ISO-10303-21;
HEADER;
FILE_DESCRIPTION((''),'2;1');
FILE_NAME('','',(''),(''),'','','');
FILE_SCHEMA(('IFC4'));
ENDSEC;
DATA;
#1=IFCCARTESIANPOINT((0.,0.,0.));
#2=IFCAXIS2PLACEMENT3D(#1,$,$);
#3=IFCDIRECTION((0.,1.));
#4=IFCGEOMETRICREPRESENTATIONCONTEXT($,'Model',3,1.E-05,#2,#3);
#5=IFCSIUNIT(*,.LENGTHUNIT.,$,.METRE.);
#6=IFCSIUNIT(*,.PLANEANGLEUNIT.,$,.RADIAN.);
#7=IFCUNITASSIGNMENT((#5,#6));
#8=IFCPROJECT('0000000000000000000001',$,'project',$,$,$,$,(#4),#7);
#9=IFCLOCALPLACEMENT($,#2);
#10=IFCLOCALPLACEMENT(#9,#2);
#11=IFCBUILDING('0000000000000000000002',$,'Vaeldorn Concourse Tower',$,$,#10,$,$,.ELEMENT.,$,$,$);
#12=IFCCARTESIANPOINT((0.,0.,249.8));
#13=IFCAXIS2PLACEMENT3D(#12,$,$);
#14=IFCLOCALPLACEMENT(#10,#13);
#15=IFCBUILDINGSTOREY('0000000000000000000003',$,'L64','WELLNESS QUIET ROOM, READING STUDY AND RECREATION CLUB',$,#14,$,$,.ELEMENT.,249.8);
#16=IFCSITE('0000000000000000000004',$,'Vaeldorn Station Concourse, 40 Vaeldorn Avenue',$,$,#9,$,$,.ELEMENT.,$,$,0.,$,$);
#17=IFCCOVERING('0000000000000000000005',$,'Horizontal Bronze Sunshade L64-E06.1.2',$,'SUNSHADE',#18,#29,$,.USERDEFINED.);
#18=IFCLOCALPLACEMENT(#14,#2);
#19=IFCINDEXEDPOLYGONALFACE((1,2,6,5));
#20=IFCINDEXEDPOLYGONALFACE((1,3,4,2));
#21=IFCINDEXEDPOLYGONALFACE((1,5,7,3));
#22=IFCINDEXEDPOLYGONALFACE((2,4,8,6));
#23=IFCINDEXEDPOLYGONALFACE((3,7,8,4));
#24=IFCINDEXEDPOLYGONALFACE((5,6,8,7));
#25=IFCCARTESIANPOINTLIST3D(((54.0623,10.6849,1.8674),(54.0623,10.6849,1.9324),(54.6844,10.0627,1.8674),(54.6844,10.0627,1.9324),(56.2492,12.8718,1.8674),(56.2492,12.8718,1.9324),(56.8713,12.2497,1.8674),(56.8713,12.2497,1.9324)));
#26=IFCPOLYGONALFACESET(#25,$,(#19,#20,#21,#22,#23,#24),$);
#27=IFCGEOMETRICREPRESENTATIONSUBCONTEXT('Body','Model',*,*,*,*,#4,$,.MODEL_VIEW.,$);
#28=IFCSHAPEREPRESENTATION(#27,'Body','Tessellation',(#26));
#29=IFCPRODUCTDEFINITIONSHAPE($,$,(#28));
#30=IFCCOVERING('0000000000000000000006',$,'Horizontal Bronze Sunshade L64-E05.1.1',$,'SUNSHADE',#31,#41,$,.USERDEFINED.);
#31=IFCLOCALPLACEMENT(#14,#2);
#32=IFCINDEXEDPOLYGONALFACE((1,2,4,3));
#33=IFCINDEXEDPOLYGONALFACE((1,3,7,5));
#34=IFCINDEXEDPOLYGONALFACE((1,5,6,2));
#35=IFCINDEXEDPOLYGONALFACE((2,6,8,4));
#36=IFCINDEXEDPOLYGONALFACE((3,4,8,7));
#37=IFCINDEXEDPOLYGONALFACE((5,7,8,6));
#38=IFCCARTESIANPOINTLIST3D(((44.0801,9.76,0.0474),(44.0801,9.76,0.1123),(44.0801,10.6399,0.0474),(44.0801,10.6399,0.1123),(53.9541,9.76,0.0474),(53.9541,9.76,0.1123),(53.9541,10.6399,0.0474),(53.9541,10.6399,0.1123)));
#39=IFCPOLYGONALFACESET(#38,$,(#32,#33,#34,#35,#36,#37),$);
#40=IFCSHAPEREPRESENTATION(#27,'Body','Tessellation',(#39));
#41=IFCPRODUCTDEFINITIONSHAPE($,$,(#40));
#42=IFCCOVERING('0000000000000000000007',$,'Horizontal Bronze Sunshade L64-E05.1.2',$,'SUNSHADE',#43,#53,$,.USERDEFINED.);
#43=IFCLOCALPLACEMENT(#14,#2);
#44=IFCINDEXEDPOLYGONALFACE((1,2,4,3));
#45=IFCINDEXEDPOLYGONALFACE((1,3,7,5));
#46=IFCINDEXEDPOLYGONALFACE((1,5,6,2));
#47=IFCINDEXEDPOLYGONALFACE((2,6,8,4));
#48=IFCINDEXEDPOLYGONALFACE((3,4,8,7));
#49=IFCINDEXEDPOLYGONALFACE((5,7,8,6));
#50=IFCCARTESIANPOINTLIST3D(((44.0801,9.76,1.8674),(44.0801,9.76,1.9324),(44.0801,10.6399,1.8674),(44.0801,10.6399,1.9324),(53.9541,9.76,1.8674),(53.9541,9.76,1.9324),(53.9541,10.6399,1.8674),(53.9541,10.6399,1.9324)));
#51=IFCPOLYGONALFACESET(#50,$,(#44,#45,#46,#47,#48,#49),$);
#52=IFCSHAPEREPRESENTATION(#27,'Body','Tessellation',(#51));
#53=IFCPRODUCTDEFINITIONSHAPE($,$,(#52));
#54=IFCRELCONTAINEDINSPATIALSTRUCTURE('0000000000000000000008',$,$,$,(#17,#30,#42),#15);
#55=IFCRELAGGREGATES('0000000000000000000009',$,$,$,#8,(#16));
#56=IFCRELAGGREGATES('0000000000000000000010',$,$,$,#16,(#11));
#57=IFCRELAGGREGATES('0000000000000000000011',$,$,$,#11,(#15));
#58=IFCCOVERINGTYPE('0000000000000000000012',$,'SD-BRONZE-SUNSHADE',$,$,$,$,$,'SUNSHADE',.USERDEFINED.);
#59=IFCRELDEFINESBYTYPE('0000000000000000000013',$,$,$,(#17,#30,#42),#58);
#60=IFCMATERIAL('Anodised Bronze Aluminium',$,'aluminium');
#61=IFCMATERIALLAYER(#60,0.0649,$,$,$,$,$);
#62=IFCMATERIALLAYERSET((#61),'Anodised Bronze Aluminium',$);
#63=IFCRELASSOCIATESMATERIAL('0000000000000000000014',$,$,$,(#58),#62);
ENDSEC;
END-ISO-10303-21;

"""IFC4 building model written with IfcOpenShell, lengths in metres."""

from ifc_helpers import new_model, si_unit, direction, frame, origin, origin_2d, place, context, subcontext, project, spatial, rectangle, extrude, source, transform, mapped, material, layer, layer_set, type_object, element, save


model = new_model("IFC4")

# Units and contexts
model_context = context("Model", 3, precision=1e-05, world=origin(), true_north=direction((0.0, 1.0)))
body_context = subcontext(model_context, "Body", "Model", "MODEL_VIEW")
ifc_project = project(units=[si_unit("LENGTHUNIT", "METRE"), si_unit("PLANEANGLEUNIT", "RADIAN")], contexts=[model_context])

# Site, building, storey
site_placement = place(None, origin())
site = spatial("IfcSite", under=ifc_project, at=site_placement, Name="Vaeldorn Station Concourse, 40 Vaeldorn Avenue", CompositionType="ELEMENT", RefElevation=0.0)
building_placement = place(site_placement, origin())
building = spatial("IfcBuilding", under=site, at=building_placement, Name="Vaeldorn Concourse Tower", CompositionType="ELEMENT")
storey_placement = place(building_placement, frame((0.0, 0.0, 249.8)))
storey = spatial("IfcBuildingStorey", under=building, at=storey_placement, Name="L64", Description="WELLNESS QUIET ROOM, READING STUDY AND RECREATION CLUB", CompositionType="ELEMENT", Elevation=249.8)

# Shared definitions
ifc_material_1 = material(Name="Anodised Bronze Aluminium", Category="aluminium")

# Coverings
ifc_layer_1 = layer(ifc_material_1, 0.0649)
ifc_layer_set_1 = layer_set([ifc_layer_1], Name="Anodised Bronze Aluminium")
covering_type = type_object("IfcCoveringType", Name="SD-BRONZE-SUNSHADE", ElementType="SUNSHADE", PredefinedType="USERDEFINED", material=ifc_layer_set_1)
shared_shape_1 = source(origin(), body_context, "Body", "SweptSolid", [
    extrude(rectangle(XDim=3.0928, YDim=0.8799, at=origin_2d()), origin(), (0.0, 0.0, 1.0), 0.0649),
])
for number, where, z_axis, x_axis, name in (
    (1, (55.4668, 11.4673, 1.8674), (0.0, 0.0, 1.0), (0.707107, 0.707107, 0.0), "Horizontal Bronze Sunshade L64-E06.1.2"),
):
    element("IfcCovering", number, at=place(storey_placement, frame(where, z_axis=z_axis, x_axis=x_axis)), inside=storey, type_object=covering_type, Name=name, ObjectType="SUNSHADE", PredefinedType="USERDEFINED", context=body_context, shape_type="MappedRepresentation", body=[
        mapped(shared_shape_1, transform((0.0, 0.0, 0.0), scale=1.0)),
    ])
shared_shape_2 = source(origin(), body_context, "Body", "SweptSolid", [
    extrude(rectangle(XDim=9.874, YDim=0.8799, at=origin_2d()), origin(), (0.0, 0.0, 1.0), 0.0649),
])
for number, where, z_axis, x_axis, name in (
    (2, (49.0171, 10.2, 0.0474), (0.0, 0.0, 1.0), (1.0, 0.0, 0.0), "Horizontal Bronze Sunshade L64-E05.1.1"),
    (3, (49.0171, 10.2, 1.8674), (0.0, 0.0, 1.0), (1.0, 0.0, 0.0), "Horizontal Bronze Sunshade L64-E05.1.2"),
):
    element("IfcCovering", number, at=place(storey_placement, frame(where, z_axis=z_axis, x_axis=x_axis)), inside=storey, type_object=covering_type, Name=name, ObjectType="SUNSHADE", PredefinedType="USERDEFINED", context=body_context, shape_type="MappedRepresentation", body=[
        mapped(shared_shape_2, transform((0.0, 0.0, 0.0), scale=1.0)),
    ])

save(model, "model.ifc")
